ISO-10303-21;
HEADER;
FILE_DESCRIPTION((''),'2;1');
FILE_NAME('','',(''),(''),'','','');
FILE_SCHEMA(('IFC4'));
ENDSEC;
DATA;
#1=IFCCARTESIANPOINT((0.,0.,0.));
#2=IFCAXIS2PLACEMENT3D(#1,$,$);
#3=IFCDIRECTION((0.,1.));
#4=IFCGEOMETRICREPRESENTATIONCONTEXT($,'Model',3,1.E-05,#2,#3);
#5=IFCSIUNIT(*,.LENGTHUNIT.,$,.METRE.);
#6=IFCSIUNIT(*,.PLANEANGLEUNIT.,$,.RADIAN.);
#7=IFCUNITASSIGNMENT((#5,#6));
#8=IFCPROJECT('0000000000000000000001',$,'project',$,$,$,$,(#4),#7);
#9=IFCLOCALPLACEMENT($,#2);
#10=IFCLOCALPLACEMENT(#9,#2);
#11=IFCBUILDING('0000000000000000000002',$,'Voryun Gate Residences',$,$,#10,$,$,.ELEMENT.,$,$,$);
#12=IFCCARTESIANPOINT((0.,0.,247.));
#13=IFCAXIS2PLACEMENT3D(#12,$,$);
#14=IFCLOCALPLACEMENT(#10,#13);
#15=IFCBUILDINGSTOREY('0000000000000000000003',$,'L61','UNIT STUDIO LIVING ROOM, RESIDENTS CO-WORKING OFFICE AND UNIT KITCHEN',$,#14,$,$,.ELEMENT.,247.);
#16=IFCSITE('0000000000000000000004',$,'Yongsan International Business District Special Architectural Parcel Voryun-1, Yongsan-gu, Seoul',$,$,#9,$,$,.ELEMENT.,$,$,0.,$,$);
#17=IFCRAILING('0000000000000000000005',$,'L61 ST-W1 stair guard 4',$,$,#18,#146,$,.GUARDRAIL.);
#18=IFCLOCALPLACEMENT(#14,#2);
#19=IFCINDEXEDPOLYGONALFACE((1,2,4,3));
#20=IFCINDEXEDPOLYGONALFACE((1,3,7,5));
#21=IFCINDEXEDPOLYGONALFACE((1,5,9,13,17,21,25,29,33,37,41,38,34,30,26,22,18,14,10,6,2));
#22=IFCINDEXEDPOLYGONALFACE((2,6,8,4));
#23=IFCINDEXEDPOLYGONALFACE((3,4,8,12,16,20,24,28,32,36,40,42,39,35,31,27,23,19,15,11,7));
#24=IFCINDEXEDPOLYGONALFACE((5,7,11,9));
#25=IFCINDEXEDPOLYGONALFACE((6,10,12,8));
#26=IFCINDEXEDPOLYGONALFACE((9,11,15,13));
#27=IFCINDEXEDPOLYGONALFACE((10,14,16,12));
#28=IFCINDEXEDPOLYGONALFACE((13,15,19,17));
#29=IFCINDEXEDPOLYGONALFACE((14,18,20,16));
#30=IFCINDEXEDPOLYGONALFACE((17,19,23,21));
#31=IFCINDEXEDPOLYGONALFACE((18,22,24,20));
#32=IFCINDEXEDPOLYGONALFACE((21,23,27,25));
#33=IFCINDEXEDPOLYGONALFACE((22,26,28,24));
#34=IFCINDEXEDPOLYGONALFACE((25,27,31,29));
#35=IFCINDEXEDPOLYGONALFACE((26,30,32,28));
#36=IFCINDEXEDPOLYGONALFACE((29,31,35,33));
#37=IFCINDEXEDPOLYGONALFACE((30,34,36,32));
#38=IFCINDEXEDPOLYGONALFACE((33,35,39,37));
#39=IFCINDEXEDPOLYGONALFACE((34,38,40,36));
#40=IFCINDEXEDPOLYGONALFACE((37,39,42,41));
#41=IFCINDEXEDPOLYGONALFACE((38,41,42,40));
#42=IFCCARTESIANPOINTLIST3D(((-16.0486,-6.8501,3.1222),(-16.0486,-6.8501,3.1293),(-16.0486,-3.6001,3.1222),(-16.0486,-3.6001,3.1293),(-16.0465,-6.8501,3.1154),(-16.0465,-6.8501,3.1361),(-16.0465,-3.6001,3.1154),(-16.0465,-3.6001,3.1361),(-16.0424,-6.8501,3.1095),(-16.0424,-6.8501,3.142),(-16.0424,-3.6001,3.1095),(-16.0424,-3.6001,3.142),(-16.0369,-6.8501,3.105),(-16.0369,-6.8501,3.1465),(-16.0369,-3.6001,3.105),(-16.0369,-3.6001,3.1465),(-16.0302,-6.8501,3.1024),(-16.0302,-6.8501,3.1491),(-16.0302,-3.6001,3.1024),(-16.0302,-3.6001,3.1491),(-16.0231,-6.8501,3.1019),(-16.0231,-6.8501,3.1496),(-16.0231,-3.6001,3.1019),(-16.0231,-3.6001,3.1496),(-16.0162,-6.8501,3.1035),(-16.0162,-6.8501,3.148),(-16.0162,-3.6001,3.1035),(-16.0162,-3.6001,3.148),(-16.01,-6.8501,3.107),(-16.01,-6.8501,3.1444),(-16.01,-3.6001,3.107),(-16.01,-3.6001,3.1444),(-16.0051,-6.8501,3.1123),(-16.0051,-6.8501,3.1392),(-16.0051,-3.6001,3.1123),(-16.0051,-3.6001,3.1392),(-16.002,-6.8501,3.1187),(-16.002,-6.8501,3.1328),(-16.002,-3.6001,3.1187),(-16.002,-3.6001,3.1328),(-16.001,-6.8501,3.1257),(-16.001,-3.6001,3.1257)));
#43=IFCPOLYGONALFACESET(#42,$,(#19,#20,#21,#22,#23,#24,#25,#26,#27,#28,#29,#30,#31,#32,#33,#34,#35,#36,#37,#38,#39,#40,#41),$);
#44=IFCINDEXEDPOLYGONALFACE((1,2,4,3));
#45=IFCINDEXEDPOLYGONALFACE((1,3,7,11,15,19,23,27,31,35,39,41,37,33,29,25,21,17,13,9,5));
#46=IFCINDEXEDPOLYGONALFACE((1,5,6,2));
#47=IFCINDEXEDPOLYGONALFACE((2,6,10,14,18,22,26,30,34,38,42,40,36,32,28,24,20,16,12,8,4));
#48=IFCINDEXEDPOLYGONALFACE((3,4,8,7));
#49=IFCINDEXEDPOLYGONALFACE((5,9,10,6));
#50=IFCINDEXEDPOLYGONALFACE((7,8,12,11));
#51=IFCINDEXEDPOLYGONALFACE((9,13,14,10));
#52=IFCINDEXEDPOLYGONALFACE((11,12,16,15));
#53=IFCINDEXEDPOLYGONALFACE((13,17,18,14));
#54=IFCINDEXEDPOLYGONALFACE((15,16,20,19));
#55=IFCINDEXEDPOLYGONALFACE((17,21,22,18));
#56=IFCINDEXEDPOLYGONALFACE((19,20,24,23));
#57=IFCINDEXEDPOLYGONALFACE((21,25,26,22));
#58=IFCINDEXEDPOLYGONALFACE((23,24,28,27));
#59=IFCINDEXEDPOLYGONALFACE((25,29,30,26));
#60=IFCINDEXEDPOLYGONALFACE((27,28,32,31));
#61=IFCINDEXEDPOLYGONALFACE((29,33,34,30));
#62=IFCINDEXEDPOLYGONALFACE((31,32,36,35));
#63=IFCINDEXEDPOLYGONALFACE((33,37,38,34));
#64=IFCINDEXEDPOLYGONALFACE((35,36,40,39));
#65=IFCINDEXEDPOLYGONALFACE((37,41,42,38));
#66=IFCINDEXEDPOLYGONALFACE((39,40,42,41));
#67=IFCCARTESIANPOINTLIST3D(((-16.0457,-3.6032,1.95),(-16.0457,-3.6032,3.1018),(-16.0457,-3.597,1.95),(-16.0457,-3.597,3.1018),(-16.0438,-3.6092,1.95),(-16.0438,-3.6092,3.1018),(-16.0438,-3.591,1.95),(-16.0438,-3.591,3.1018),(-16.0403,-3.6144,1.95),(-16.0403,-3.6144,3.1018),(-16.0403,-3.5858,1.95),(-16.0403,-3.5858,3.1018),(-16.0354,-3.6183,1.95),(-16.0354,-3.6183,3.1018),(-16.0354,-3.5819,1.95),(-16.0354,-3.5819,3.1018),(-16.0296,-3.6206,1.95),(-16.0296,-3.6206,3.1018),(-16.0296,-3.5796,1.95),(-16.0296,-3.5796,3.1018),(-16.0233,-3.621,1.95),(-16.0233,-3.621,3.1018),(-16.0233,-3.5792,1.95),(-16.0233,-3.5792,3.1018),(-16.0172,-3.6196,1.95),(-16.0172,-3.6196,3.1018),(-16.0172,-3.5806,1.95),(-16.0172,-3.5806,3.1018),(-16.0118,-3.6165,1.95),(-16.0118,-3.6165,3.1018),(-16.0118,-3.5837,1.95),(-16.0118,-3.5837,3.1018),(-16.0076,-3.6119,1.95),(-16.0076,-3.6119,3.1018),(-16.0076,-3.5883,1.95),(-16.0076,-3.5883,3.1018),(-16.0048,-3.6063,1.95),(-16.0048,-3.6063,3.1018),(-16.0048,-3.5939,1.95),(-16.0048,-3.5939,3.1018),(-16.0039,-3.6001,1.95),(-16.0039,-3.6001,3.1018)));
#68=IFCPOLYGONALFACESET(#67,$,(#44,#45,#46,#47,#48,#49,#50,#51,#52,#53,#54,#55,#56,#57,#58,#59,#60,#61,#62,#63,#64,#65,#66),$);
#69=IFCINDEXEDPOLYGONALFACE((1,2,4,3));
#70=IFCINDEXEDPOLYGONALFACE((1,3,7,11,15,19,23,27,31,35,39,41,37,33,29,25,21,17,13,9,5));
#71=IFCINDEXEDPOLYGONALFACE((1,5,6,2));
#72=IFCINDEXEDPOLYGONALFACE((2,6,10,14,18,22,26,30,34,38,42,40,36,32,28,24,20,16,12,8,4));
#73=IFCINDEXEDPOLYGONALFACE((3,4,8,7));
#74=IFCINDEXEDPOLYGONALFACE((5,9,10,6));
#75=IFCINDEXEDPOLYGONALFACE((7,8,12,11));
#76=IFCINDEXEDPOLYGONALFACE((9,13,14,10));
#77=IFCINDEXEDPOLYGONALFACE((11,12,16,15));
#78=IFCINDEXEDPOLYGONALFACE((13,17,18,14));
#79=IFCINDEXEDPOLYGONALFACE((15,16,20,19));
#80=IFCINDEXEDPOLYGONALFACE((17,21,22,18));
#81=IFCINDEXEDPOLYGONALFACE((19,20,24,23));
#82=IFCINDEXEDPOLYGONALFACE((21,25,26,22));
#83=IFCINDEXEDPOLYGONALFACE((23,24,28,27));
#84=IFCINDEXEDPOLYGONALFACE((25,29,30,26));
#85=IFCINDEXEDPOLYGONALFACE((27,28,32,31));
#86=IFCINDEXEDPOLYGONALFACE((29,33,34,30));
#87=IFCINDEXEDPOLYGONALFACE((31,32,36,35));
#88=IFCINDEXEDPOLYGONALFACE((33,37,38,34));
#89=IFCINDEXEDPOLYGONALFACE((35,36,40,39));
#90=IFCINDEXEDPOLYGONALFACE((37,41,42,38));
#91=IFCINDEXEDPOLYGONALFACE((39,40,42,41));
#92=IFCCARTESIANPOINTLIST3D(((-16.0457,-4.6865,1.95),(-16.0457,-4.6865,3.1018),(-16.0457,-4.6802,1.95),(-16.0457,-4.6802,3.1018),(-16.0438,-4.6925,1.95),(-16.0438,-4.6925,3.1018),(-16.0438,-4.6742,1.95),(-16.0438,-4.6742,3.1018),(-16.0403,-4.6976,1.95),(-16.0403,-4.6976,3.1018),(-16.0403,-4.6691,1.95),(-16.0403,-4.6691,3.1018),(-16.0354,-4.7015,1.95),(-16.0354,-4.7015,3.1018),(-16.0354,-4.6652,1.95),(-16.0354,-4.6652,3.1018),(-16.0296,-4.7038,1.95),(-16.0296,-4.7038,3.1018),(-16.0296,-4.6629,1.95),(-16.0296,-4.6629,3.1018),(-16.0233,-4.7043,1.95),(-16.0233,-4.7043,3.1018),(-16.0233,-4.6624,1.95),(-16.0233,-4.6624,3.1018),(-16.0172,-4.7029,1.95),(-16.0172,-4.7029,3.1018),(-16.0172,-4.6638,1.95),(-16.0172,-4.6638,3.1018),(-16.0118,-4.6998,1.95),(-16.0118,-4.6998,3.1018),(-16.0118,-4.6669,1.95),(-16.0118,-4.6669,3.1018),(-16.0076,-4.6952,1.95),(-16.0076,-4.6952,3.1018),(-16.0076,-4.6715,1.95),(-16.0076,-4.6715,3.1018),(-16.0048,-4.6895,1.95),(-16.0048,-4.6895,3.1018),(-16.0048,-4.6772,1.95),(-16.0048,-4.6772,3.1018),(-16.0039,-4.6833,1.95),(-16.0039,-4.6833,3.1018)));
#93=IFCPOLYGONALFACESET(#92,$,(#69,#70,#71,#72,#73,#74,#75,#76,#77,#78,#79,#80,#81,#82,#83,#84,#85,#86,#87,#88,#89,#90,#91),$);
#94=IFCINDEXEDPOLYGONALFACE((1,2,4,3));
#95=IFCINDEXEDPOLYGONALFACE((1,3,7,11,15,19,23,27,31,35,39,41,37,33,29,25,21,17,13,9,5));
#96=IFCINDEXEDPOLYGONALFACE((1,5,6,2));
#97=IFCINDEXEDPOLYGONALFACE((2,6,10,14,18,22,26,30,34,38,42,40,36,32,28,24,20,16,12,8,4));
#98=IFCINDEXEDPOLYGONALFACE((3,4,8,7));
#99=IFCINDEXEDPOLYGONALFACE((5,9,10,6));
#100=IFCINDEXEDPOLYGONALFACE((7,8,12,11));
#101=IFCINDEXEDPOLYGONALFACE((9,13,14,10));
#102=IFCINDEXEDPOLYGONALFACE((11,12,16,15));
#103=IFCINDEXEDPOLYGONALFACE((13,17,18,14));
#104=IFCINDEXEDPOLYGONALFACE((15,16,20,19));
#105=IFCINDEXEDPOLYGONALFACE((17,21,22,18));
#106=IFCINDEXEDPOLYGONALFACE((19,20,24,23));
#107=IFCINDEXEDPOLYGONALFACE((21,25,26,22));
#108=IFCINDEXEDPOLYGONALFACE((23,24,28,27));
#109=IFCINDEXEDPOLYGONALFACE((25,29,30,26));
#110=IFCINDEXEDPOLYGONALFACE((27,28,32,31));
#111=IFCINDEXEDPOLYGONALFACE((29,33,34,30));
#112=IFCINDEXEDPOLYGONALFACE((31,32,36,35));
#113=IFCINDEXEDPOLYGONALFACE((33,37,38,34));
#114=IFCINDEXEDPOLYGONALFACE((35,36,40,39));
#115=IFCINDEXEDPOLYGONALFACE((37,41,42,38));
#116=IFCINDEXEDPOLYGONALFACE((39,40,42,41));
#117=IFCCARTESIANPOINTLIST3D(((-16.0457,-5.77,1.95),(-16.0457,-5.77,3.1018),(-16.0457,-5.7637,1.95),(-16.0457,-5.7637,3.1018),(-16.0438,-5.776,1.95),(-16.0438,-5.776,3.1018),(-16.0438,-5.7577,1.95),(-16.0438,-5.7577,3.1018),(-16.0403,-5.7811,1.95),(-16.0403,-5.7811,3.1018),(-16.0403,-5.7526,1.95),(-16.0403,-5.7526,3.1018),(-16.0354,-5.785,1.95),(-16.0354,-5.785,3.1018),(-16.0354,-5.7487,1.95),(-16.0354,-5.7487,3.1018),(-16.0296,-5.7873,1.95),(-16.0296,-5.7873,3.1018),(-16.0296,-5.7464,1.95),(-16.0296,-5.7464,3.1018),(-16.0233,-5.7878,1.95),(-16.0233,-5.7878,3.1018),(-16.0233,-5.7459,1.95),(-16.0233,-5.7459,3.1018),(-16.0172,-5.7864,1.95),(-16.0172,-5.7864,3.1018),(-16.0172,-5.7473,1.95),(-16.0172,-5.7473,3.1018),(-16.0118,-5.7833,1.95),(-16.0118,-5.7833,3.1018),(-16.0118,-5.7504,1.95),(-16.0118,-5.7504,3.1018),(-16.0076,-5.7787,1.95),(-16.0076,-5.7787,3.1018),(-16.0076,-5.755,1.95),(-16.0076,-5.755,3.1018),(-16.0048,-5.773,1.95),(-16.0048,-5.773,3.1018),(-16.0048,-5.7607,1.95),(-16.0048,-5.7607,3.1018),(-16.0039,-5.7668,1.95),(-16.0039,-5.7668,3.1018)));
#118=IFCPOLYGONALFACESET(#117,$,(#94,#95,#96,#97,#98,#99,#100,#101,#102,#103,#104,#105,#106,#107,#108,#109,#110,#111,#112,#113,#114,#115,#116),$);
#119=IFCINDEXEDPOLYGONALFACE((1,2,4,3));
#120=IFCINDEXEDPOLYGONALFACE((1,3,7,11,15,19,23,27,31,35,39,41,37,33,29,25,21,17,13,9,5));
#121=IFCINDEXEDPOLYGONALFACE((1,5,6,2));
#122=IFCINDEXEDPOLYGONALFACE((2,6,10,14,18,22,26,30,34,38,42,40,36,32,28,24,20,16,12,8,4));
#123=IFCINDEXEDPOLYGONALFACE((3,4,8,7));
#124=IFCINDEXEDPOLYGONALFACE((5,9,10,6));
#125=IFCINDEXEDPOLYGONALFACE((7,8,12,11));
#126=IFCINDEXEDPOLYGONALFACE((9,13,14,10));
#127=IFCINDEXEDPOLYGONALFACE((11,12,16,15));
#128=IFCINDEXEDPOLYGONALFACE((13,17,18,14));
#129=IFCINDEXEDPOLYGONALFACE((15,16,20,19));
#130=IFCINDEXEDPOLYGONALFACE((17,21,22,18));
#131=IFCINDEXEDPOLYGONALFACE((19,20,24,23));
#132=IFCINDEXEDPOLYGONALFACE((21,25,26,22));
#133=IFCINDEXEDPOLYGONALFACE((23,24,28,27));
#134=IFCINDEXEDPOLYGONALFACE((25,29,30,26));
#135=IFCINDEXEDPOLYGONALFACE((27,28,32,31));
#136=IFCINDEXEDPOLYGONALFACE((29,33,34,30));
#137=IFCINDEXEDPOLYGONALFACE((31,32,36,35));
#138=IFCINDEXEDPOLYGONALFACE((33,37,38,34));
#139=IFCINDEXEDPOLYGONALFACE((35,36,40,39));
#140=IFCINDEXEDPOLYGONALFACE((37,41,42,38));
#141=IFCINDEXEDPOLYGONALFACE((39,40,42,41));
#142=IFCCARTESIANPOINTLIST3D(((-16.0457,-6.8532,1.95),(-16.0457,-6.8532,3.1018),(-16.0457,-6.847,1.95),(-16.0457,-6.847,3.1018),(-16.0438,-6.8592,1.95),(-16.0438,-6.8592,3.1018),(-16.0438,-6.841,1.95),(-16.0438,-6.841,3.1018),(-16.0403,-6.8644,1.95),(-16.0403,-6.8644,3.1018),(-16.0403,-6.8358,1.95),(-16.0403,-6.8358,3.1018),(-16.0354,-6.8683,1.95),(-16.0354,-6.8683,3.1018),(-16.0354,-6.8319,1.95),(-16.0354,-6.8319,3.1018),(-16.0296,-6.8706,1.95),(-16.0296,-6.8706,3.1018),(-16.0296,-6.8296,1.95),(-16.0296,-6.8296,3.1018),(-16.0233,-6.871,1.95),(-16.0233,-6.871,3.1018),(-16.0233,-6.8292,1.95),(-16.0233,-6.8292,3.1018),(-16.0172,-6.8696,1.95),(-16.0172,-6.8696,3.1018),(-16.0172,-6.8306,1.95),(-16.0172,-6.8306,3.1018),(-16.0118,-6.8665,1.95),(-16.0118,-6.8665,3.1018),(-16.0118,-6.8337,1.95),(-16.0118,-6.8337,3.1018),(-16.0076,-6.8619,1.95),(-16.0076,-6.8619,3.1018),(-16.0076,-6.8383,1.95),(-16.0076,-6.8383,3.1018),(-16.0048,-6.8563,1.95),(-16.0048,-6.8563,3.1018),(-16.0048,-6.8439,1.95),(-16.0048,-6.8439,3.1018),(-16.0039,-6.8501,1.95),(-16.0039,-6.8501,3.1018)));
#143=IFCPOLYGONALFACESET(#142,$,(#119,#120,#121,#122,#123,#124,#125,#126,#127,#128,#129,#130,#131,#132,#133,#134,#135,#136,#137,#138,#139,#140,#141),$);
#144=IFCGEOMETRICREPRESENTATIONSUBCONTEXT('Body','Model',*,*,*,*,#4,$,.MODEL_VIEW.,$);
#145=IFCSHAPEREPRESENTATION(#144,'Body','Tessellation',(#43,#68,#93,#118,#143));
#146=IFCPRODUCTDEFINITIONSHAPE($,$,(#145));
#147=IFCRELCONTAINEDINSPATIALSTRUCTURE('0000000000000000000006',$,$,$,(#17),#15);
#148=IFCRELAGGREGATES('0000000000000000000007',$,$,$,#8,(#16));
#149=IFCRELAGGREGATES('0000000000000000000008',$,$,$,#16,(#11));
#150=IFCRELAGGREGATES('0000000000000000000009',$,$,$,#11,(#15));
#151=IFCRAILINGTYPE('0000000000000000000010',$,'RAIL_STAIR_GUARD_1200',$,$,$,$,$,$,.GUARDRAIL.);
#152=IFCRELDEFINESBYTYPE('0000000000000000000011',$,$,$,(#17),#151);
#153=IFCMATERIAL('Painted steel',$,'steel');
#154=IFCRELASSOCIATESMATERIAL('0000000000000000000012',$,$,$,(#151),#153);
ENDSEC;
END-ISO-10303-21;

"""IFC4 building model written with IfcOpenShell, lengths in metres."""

from ifc_helpers import new_model, si_unit, direction, frame, origin, origin_2d, place, context, subcontext, project, spatial, circle, extrude, material, type_object, element, save


model = new_model("IFC4")

# Units and contexts
model_context = context("Model", 3, precision=1e-05, world=origin(), true_north=direction((0.0, 1.0)))
body_context = subcontext(model_context, "Body", "Model", "MODEL_VIEW")
ifc_project = project(units=[si_unit("LENGTHUNIT", "METRE"), si_unit("PLANEANGLEUNIT", "RADIAN")], contexts=[model_context])

# Site, building, storey
site_placement = place(None, origin())
site = spatial("IfcSite", under=ifc_project, at=site_placement, Name="Yongsan International Business District Special Architectural Parcel Voryun-1, Yongsan-gu, Seoul", CompositionType="ELEMENT", RefElevation=0.0)
building_placement = place(site_placement, origin())
building = spatial("IfcBuilding", under=site, at=building_placement, Name="Voryun Gate Residences", CompositionType="ELEMENT")
storey_placement = place(building_placement, frame((0.0, 0.0, 247.0)))
storey = spatial("IfcBuildingStorey", under=building, at=storey_placement, Name="L61", Description="UNIT STUDIO LIVING ROOM, RESIDENTS CO-WORKING OFFICE AND UNIT KITCHEN", CompositionType="ELEMENT", Elevation=247.0)

# Railing
ifc_material_1 = material(Name="Painted steel", Category="steel")
railing_type_1 = type_object("IfcRailingType", Name="RAIL_STAIR_GUARD_1200", PredefinedType="GUARDRAIL", material=ifc_material_1)
railing_1_placement = place(storey_placement, frame((-16.0249, -3.6001, 1.95)))
element("IfcRailing", 1, at=railing_1_placement, inside=storey, type_object=railing_type_1, Name="L61 ST-W1 stair guard 4", PredefinedType="GUARDRAIL", context=body_context, shape_type="SweptSolid", body=[
    extrude(circle(Radius=0.0239, at=origin_2d()), frame((0.0, 0.0, 1.1758), z_axis=(0.0, -1.0, 0.0), x_axis=(1.0, 0.0, 0.0)), (0.0, 0.0, 1.0), 3.25),
    extrude(circle(Radius=0.021, at=origin_2d()), origin(), (0.0, 0.0, 1.0), 1.1519),
    extrude(circle(Radius=0.021, at=origin_2d()), frame((0.0, -1.0833, 0.0)), (0.0, 0.0, 1.0), 1.1519),
    extrude(circle(Radius=0.021, at=origin_2d()), frame((0.0, -2.1667, 0.0)), (0.0, 0.0, 1.0), 1.1519),
    extrude(circle(Radius=0.021, at=origin_2d()), frame((0.0, -3.25, 0.0)), (0.0, 0.0, 1.0), 1.1519),
])

save(model, "model.ifc")
